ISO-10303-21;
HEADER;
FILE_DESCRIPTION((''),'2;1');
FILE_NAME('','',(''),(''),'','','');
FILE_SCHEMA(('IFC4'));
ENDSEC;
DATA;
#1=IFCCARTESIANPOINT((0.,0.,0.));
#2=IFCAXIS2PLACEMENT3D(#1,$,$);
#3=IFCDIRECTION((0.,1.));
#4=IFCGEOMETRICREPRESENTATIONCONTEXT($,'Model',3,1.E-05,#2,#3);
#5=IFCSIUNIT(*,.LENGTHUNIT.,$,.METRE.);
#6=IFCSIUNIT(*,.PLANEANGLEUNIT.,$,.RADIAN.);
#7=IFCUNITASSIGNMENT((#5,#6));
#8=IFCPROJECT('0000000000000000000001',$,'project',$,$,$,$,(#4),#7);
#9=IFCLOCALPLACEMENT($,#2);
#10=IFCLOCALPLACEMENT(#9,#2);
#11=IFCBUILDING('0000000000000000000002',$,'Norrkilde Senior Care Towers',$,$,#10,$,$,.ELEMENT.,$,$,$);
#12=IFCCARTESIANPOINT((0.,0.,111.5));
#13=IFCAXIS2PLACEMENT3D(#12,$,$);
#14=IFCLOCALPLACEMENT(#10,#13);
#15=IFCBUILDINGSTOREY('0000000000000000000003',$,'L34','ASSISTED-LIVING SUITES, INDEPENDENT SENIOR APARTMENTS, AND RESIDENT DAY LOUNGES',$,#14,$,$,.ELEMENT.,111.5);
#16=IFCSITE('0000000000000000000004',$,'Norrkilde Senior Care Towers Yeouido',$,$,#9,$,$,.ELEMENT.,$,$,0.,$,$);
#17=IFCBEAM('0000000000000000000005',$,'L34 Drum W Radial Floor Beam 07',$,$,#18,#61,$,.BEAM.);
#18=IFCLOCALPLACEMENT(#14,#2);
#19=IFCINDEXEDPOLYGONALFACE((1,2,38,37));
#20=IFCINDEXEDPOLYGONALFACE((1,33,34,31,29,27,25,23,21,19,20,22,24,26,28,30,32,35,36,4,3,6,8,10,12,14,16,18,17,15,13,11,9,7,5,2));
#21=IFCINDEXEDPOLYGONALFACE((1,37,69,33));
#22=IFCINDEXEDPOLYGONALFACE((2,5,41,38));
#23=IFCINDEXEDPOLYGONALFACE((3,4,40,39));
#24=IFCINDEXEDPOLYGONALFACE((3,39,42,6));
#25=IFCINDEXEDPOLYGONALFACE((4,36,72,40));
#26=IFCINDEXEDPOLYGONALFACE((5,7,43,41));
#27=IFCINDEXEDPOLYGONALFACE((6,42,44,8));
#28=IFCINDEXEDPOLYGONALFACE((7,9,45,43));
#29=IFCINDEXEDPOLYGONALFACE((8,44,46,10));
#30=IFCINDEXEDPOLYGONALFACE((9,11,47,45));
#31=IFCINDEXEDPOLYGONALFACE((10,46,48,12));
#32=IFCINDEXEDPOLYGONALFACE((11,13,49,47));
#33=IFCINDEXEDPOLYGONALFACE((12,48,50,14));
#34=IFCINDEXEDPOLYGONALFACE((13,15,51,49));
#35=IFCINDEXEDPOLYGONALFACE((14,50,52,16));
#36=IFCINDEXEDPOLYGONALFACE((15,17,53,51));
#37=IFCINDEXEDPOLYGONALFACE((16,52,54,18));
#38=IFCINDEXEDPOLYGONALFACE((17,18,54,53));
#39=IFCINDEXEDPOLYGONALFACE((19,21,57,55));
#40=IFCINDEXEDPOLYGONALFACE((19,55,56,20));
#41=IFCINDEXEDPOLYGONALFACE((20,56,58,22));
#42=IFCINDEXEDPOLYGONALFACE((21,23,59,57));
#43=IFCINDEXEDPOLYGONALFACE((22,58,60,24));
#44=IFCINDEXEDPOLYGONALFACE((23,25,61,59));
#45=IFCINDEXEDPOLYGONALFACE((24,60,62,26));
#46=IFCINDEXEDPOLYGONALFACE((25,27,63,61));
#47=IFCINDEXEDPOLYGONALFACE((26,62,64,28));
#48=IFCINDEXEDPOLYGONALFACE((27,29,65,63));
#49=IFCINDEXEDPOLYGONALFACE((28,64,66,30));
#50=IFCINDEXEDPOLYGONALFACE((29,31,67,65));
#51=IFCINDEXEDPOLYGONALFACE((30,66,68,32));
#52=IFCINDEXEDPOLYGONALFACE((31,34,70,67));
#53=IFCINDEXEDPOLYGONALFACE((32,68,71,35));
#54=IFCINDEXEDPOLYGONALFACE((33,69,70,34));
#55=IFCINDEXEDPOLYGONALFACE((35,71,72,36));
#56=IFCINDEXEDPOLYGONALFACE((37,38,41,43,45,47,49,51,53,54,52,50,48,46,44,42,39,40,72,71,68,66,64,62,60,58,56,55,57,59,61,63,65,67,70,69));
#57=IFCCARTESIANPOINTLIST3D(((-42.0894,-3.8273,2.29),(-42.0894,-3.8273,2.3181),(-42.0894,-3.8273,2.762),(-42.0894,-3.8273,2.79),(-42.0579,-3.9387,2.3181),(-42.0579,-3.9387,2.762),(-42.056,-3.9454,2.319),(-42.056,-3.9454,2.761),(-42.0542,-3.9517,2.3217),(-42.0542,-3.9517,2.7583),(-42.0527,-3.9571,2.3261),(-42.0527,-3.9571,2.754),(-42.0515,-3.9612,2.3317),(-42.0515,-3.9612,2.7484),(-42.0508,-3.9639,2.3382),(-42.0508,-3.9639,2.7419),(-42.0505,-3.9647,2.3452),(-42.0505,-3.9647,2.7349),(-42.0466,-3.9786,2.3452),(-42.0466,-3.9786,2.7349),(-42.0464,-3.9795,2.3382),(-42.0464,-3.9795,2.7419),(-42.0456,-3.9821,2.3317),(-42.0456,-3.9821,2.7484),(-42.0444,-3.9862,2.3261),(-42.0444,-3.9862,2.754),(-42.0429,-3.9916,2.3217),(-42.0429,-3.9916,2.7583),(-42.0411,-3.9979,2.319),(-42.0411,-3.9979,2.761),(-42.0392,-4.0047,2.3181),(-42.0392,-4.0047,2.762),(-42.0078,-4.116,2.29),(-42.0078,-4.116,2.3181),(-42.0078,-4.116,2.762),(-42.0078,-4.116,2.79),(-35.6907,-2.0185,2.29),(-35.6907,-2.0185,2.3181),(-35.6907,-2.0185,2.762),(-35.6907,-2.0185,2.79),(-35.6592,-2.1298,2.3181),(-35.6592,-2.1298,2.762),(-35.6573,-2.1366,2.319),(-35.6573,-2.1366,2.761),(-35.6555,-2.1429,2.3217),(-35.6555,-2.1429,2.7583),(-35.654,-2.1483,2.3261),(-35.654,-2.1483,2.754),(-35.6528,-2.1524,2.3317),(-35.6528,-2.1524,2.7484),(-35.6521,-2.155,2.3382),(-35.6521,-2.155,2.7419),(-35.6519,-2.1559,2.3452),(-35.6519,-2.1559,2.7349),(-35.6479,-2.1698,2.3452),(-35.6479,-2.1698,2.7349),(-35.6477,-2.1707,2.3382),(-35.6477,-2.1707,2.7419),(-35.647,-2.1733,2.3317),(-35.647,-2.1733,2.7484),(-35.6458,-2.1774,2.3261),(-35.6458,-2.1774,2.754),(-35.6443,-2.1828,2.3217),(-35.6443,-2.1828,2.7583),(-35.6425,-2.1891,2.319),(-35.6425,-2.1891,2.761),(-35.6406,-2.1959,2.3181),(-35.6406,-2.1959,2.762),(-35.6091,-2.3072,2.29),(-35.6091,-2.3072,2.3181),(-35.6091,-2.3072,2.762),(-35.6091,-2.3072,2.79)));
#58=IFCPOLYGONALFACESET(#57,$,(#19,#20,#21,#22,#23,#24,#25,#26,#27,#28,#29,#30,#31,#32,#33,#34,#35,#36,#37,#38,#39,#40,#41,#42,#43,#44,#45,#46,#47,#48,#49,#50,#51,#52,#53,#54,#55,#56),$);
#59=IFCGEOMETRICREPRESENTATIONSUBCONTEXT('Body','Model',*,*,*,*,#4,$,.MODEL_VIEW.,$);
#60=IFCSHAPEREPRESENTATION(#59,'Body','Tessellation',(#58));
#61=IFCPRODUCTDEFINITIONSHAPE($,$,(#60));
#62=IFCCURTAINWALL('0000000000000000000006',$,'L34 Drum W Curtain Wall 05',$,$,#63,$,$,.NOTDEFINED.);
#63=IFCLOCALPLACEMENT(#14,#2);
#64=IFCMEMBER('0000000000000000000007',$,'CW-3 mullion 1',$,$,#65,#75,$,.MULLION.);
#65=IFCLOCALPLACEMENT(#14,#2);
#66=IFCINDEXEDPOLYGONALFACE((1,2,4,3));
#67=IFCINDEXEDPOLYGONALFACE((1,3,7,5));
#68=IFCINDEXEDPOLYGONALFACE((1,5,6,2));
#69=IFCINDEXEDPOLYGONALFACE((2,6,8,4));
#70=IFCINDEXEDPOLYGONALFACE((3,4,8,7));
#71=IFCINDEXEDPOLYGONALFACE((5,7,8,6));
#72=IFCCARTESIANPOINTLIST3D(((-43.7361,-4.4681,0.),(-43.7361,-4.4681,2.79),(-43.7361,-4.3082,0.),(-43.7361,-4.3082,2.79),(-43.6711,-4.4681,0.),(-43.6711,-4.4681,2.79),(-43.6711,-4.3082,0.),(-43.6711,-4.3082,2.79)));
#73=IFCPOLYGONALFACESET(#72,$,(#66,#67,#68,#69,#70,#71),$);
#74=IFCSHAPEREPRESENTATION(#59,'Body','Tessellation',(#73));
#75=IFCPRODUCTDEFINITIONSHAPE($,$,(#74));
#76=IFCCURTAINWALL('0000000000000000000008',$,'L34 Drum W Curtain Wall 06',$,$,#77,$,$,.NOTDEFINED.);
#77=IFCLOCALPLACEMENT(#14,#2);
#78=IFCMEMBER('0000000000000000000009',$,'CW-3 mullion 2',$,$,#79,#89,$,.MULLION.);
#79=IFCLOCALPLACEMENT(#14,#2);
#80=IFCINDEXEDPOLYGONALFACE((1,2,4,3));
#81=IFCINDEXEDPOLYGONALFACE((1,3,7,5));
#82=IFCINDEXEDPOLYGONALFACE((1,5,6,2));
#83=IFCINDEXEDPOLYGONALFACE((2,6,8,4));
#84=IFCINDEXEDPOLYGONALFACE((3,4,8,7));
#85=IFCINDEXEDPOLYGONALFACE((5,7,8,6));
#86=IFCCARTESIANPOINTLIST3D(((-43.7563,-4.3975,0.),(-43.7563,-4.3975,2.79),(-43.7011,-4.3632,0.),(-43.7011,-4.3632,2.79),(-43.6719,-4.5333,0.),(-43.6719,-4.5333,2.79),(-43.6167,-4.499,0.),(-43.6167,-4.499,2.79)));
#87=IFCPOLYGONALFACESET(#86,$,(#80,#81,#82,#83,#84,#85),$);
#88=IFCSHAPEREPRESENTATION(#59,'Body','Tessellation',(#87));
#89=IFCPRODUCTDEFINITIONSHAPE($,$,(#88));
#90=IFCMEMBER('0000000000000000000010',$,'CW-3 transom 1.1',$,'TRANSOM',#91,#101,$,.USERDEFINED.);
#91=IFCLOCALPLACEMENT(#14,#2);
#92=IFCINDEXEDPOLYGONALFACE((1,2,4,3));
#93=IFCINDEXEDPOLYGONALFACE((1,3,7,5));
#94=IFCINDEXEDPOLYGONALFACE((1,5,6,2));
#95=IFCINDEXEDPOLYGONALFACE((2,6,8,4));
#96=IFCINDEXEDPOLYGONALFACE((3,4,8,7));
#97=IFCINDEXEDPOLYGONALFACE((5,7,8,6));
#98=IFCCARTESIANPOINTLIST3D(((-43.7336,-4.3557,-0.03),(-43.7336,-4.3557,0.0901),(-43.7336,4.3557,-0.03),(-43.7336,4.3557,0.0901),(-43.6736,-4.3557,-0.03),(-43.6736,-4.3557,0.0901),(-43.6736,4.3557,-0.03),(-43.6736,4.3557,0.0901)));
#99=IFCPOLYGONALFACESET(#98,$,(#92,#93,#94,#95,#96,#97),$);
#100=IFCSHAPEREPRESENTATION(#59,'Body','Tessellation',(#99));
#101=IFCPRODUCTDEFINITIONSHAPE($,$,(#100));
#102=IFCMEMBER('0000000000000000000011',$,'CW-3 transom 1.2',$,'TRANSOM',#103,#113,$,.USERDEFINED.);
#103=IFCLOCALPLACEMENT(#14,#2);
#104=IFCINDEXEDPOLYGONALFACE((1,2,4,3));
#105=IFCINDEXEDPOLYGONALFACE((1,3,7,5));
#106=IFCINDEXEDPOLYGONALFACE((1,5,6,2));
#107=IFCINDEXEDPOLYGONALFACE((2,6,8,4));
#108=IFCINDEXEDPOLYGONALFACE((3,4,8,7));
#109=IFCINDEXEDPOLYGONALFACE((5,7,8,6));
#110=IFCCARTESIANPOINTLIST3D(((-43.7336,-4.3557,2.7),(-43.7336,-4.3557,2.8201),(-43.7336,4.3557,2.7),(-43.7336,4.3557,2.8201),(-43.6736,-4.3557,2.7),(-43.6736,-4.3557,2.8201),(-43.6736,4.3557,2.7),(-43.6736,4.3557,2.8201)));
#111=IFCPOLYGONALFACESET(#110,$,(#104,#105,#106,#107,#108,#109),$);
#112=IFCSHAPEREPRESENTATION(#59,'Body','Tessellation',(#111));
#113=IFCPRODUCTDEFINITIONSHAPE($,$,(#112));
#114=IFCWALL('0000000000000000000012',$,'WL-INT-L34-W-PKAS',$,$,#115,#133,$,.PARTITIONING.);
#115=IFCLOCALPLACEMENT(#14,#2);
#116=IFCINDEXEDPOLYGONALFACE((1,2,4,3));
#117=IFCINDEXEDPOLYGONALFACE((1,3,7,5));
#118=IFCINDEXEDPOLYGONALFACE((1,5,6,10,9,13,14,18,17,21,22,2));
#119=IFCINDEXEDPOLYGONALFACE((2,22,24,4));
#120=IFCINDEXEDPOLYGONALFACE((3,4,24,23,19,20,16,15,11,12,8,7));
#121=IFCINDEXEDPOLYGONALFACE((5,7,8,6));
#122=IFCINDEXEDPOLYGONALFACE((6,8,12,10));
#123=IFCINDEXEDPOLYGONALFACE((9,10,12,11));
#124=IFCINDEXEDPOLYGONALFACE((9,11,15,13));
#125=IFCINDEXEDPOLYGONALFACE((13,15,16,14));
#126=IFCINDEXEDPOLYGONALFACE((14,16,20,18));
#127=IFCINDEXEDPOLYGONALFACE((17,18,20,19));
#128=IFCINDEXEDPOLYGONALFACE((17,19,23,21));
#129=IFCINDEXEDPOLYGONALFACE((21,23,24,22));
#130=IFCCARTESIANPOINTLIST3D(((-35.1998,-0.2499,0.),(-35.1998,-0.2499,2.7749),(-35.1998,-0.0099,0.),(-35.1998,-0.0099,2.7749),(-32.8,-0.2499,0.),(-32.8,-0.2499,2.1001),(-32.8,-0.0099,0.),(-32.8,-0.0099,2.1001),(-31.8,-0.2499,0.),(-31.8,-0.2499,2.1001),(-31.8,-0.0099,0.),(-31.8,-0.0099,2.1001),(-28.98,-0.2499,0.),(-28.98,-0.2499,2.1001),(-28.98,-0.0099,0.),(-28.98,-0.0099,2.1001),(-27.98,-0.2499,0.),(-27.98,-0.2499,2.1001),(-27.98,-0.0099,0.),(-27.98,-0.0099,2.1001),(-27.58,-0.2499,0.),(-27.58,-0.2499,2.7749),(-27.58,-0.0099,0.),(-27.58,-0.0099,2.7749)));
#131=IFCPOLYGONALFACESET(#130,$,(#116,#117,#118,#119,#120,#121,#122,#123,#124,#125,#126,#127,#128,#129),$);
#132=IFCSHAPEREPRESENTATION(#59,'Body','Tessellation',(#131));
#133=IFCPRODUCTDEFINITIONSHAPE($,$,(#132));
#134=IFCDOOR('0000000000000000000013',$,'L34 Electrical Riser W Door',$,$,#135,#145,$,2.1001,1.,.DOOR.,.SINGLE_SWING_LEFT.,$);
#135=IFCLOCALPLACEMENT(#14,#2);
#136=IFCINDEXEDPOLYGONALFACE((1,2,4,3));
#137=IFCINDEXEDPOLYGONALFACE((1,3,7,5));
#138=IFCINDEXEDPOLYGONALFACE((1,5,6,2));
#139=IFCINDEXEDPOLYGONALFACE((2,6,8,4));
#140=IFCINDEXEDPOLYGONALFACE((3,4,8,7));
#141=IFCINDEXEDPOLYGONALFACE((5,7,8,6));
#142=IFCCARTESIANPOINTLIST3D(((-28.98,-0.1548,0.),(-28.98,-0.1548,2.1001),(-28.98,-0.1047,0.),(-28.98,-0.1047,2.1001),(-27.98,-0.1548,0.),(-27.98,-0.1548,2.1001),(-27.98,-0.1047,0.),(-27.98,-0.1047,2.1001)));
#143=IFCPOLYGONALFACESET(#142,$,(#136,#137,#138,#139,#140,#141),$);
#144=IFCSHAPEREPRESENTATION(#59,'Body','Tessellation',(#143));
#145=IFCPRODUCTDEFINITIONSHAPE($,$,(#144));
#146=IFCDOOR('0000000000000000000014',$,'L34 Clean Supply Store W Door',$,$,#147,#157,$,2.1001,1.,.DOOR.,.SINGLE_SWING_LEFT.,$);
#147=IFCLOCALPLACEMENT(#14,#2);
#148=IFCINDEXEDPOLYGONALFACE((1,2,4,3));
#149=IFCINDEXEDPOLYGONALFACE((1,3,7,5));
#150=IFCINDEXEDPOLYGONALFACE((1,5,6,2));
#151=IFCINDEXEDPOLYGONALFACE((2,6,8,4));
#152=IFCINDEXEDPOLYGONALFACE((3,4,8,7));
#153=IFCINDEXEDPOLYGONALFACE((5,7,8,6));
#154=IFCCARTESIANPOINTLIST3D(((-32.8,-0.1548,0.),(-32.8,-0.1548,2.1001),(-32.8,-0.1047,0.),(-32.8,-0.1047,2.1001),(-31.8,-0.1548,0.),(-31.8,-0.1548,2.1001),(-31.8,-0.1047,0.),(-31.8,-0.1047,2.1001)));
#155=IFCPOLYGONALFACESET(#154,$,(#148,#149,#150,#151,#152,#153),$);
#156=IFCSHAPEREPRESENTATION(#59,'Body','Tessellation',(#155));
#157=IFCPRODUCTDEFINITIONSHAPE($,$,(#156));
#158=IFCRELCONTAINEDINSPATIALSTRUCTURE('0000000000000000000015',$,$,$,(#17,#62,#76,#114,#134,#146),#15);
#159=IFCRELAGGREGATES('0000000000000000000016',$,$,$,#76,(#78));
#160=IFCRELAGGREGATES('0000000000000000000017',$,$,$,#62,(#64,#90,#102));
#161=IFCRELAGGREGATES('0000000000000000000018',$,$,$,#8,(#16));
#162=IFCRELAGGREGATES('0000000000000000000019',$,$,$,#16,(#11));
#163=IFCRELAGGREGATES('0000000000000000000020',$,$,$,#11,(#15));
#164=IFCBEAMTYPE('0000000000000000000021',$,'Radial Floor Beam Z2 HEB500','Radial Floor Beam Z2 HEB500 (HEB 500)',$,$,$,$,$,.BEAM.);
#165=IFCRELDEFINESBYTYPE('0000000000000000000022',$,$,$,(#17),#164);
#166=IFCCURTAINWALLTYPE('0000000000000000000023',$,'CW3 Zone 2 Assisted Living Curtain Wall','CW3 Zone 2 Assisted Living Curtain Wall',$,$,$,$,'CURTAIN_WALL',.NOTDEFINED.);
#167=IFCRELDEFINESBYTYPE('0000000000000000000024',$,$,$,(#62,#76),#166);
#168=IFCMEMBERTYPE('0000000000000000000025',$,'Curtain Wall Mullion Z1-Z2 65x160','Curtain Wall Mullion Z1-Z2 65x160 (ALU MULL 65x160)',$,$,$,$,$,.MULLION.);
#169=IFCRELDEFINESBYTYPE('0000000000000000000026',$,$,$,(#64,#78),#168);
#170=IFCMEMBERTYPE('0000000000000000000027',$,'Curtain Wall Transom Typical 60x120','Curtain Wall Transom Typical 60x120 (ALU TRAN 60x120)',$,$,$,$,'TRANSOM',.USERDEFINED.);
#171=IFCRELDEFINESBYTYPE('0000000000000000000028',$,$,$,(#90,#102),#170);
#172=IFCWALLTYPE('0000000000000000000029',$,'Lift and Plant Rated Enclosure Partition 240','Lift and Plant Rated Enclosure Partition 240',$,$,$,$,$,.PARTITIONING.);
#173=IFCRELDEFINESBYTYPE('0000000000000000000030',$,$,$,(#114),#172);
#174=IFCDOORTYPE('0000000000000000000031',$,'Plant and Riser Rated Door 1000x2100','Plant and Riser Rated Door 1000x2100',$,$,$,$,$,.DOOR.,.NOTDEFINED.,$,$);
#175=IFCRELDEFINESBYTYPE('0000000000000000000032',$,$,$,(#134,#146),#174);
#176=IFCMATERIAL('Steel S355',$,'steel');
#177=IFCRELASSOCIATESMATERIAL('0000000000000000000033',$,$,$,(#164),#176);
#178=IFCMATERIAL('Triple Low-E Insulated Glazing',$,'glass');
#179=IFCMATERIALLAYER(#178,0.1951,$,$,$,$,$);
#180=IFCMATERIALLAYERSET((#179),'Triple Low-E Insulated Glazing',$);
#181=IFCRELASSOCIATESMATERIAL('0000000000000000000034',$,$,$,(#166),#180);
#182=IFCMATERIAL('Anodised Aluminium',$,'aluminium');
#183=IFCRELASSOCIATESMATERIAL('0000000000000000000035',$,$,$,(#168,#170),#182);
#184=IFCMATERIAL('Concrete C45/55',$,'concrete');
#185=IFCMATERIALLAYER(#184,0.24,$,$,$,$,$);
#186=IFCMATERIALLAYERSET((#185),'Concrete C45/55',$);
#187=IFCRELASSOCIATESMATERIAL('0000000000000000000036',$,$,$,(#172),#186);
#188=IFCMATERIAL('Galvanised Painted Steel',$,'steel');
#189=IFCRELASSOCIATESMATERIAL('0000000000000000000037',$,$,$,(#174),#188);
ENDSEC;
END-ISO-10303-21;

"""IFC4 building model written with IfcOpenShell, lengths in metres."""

from ifc_helpers import new_model, si_unit, direction, frame, frame_2d, origin, origin_2d, place, context, subcontext, project, spatial, rectangle, i_section, extrude, source, transform, mapped, material, layer, layer_set, material_profile, profile_set, type_object, type_shapes, element, fill, aggregate, save


model = new_model("IFC4")

# Units and contexts
model_context = context("Model", 3, precision=1e-05, world=origin(), true_north=direction((0.0, 1.0)))
body_context = subcontext(model_context, "Body", "Model", "MODEL_VIEW")
ifc_project = project(units=[si_unit("LENGTHUNIT", "METRE"), si_unit("PLANEANGLEUNIT", "RADIAN")], contexts=[model_context])

# Site, building, storey
site_placement = place(None, origin())
site = spatial("IfcSite", under=ifc_project, at=site_placement, Name="Norrkilde Senior Care Towers Yeouido", CompositionType="ELEMENT", RefElevation=0.0)
building_placement = place(site_placement, origin())
building = spatial("IfcBuilding", under=site, at=building_placement, Name="Norrkilde Senior Care Towers", CompositionType="ELEMENT")
storey_placement = place(building_placement, frame((0.0, 0.0, 111.5)))
storey = spatial("IfcBuildingStorey", under=building, at=storey_placement, Name="L34", Description="ASSISTED-LIVING SUITES, INDEPENDENT SENIOR APARTMENTS, AND RESIDENT DAY LOUNGES", CompositionType="ELEMENT", Elevation=111.5)

# Beam
ifc_material_1 = material(Name="Steel S355", Category="steel")
ifc_material_profile_1 = material_profile(ifc_material_1, i_section(OverallWidth=0.3, OverallDepth=0.5, WebThickness=0.0144, FlangeThickness=0.0281, FilletRadius=0.0271, at=origin_2d()), Name="HEB 500")
ifc_profile_set_1 = profile_set([ifc_material_profile_1], Name="Steel S355")
beam_type_1 = type_object("IfcBeamType", Name="Radial Floor Beam Z2 HEB500", Description="Radial Floor Beam Z2 HEB500 (HEB 500)", PredefinedType="BEAM", material=ifc_profile_set_1)
shared_shape_1 = source(origin(), body_context, "Body", "SweptSolid", [
    extrude(i_section(OverallWidth=0.3, OverallDepth=0.5, WebThickness=0.0144, FlangeThickness=0.0281, FilletRadius=0.0271, at=origin_2d()), origin(), (0.0, 0.0, 1.0), 6.6494),
])
beam_1_placement = place(storey_placement, frame((-35.6499, -2.1628, 2.54), z_axis=(-0.962289, -0.272029, 0.0), x_axis=(0.272029, -0.962289, 0.0)))
element("IfcBeam", 1, at=beam_1_placement, inside=storey, type_object=beam_type_1, Name="L34 Drum W Radial Floor Beam 07", PredefinedType="BEAM", context=body_context, shape_type="MappedRepresentation", body=[
    mapped(shared_shape_1, transform((0.0, 0.0, 0.0), x_axis=(1.0, 0.0, 0.0), y_axis=(0.0, 1.0, 0.0), z_axis=(0.0, 0.0, 1.0), scale=1.0)),
])

# Curtain walls, members
ifc_material_2 = material(Name="Triple Low-E Insulated Glazing", Category="glass")
ifc_layer_1 = layer(ifc_material_2, 0.1951)
ifc_layer_set_1 = layer_set([ifc_layer_1], Name="Triple Low-E Insulated Glazing")
curtain_wall_type = type_object("IfcCurtainWallType", Name="CW3 Zone 2 Assisted Living Curtain Wall", Description="CW3 Zone 2 Assisted Living Curtain Wall", ElementType="CURTAIN_WALL", PredefinedType="NOTDEFINED", material=ifc_layer_set_1)
curtain_wall_1_placement = place(storey_placement, origin())
curtain_wall_1 = element("IfcCurtainWall", 2, at=curtain_wall_1_placement, inside=storey, type_object=curtain_wall_type, Name="L34 Drum W Curtain Wall 05", PredefinedType="NOTDEFINED")
ifc_material_3 = material(Name="Anodised Aluminium", Category="aluminium")
ifc_material_profile_2 = material_profile(ifc_material_3, rectangle(XDim=0.0649, YDim=0.1599, at=origin_2d()), Name="ALU MULL 65x160")
ifc_profile_set_2 = profile_set([ifc_material_profile_2], Name="Anodised Aluminium")
member_type_1 = type_object("IfcMemberType", Name="Curtain Wall Mullion Z1-Z2 65x160", Description="Curtain Wall Mullion Z1-Z2 65x160 (ALU MULL 65x160)", PredefinedType="MULLION", material=ifc_profile_set_2)
shared_shape_2 = source(origin(), body_context, "Body", "SweptSolid", [
    extrude(rectangle(XDim=0.0649, YDim=0.1599, at=origin_2d()), origin(), (0.0, 0.0, 1.0), 2.79),
])
type_shapes(member_type_1, [shared_shape_2])
member_1_placement = place(storey_placement, frame((-43.7036, -4.3882, 0.0), z_axis=(0.0, 0.0, 1.0), x_axis=(-1.0, 0.0, 0.0)))
member_1 = element("IfcMember", 3, at=member_1_placement, type_object=member_type_1, Name="CW-3 mullion 1", PredefinedType="MULLION", context=body_context, shape_type="MappedRepresentation", body=[
    mapped(shared_shape_2, transform((0.0, 0.0, 0.0), x_axis=(1.0, 0.0, 0.0), y_axis=(0.0, 1.0, 0.0), z_axis=(0.0, 0.0, 1.0), scale=1.0)),
])
curtain_wall_2_placement = place(storey_placement, origin())
curtain_wall_2 = element("IfcCurtainWall", 4, at=curtain_wall_2_placement, inside=storey, type_object=curtain_wall_type, Name="L34 Drum W Curtain Wall 06", PredefinedType="NOTDEFINED")
member_2_placement = place(storey_placement, frame((-43.6865, -4.4482, 0.0), z_axis=(0.0, 0.0, 1.0), x_axis=(-0.84941, -0.527733, 0.0)))
member_2 = element("IfcMember", 5, at=member_2_placement, type_object=member_type_1, Name="CW-3 mullion 2", PredefinedType="MULLION", context=body_context, shape_type="MappedRepresentation", body=[
    mapped(shared_shape_2, transform((0.0, 0.0, 0.0), x_axis=(1.0, 0.0, 0.0), y_axis=(0.0, 1.0, 0.0), z_axis=(0.0, 0.0, 1.0), scale=1.0)),
])
aggregate(curtain_wall_2, [member_2])

# Members
ifc_material_profile_3 = material_profile(ifc_material_3, rectangle(XDim=0.0601, YDim=0.1201, at=origin_2d()), Name="ALU TRAN 60x120")
ifc_profile_set_3 = profile_set([ifc_material_profile_3], Name="Anodised Aluminium")
member_type_2 = type_object("IfcMemberType", Name="Curtain Wall Transom Typical 60x120", Description="Curtain Wall Transom Typical 60x120 (ALU TRAN 60x120)", ElementType="TRANSOM", PredefinedType="USERDEFINED", material=ifc_profile_set_3)
shared_shape_3 = source(origin(), body_context, "Body", "SweptSolid", [
    extrude(rectangle(XDim=0.0601, YDim=0.1201, at=origin_2d()), origin(), (0.0, 0.0, 1.0), 8.7114),
])
type_shapes(member_type_2, [shared_shape_3])
member_3_placement = place(storey_placement, frame((-43.7036, -4.3557, 0.03), z_axis=(0.0, 1.0, 0.0), x_axis=(-1.0, 0.0, 0.0)))
member_3 = element("IfcMember", 6, at=member_3_placement, type_object=member_type_2, Name="CW-3 transom 1.1", ObjectType="TRANSOM", PredefinedType="USERDEFINED", context=body_context, shape_type="MappedRepresentation", body=[
    mapped(shared_shape_3, transform((0.0, 0.0, 0.0), x_axis=(1.0, 0.0, 0.0), y_axis=(0.0, 1.0, 0.0), z_axis=(0.0, 0.0, 1.0), scale=1.0)),
])
member_4_placement = place(storey_placement, frame((-43.7036, -4.3557, 2.76), z_axis=(0.0, 1.0, 0.0), x_axis=(-1.0, 0.0, 0.0)))
member_4 = element("IfcMember", 7, at=member_4_placement, type_object=member_type_2, Name="CW-3 transom 1.2", ObjectType="TRANSOM", PredefinedType="USERDEFINED", context=body_context, shape_type="MappedRepresentation", body=[
    mapped(shared_shape_3, transform((0.0, 0.0, 0.0), x_axis=(1.0, 0.0, 0.0), y_axis=(0.0, 1.0, 0.0), z_axis=(0.0, 0.0, 1.0), scale=1.0)),
])
aggregate(curtain_wall_1, [member_1, member_3, member_4])

# Shared definitions
ifc_material_4 = material(Name="Galvanised Painted Steel", Category="steel")

# Wall, openings, doors
ifc_material_5 = material(Name="Concrete C45/55", Category="concrete")
ifc_layer_2 = layer(ifc_material_5, 0.24)
ifc_layer_set_2 = layer_set([ifc_layer_2], Name="Concrete C45/55")
wall_type_1 = type_object("IfcWallType", Name="Lift and Plant Rated Enclosure Partition 240", Description="Lift and Plant Rated Enclosure Partition 240", PredefinedType="PARTITIONING", material=ifc_layer_set_2)
shared_shape_4 = source(origin(), body_context, "Body", "SweptSolid", [
    extrude(rectangle(XDim=7.6199, YDim=0.24, at=frame_2d((3.8101, 0.0))), origin(), (0.0, 0.0, 1.0), 2.7749),
])
type_shapes(wall_type_1, [shared_shape_4])
wall_1_placement = place(storey_placement, frame((-35.2, -0.1299, 0.0), z_axis=(0.0, 0.0, 1.0), x_axis=(1.0, 0.0, 0.0)))
wall_1 = element("IfcWall", 8, at=wall_1_placement, inside=storey, type_object=wall_type_1, Name="WL-INT-L34-W-PKAS", PredefinedType="PARTITIONING", context=body_context, shape_type="MappedRepresentation", body=[
    mapped(shared_shape_4, transform((0.0, 0.0, 0.0), x_axis=(1.0, 0.0, 0.0), y_axis=(0.0, 1.0, 0.0), z_axis=(0.0, 0.0, 1.0), scale=1.0)),
])
opening_1_placement = place(wall_1_placement, frame((6.22, 0.0, 0.0)))
opening_1 = element("IfcOpeningElement", 9, at=opening_1_placement, cuts=wall_1, PredefinedType="OPENING", context=body_context, shape_type="SweptSolid", body=[
    extrude(rectangle(XDim=1.0, YDim=2.1001, at=frame_2d((0.5, 1.05))), frame((0.0, 0.1299, 0.0), z_axis=(0.0, -1.0, 0.0), x_axis=(1.0, 0.0, 0.0)), (0.0, 0.0, 1.0), 0.26),
])
opening_2_placement = place(wall_1_placement, frame((2.3999, 0.0, 0.0)))
opening_2 = element("IfcOpeningElement", 10, at=opening_2_placement, cuts=wall_1, PredefinedType="OPENING", context=body_context, shape_type="SweptSolid", body=[
    extrude(rectangle(XDim=1.0, YDim=2.1001, at=frame_2d((0.5, 1.05))), frame((0.0, 0.1299, 0.0), z_axis=(0.0, -1.0, 0.0), x_axis=(1.0, 0.0, 0.0)), (0.0, 0.0, 1.0), 0.26),
])
door_type_1 = type_object("IfcDoorType", Name="Plant and Riser Rated Door 1000x2100", Description="Plant and Riser Rated Door 1000x2100", OperationType="NOTDEFINED", PredefinedType="DOOR", material=ifc_material_4)
shared_shape_5 = source(origin(), body_context, "Body", "SweptSolid", [
    extrude(rectangle(XDim=1.0, YDim=2.1001, at=frame_2d((0.5, 1.05))), frame((0.0, 0.0249, 0.0), z_axis=(0.0, -1.0, 0.0), x_axis=(1.0, 0.0, 0.0)), (0.0, 0.0, 1.0), 0.05),
])
type_shapes(door_type_1, [shared_shape_5])
door_1_placement = place(opening_1_placement, frame((1.0, 0.0, 0.0), z_axis=(0.0, 0.0, 1.0), x_axis=(-1.0, 0.0, 0.0)))
door_1 = element("IfcDoor", 11, at=door_1_placement, inside=storey, type_object=door_type_1, Name="L34 Electrical Riser W Door", OperationType="SINGLE_SWING_LEFT", OverallHeight=2.1001, OverallWidth=1.0, PredefinedType="DOOR", context=body_context, shape_type="MappedRepresentation", body=[
    mapped(shared_shape_5, transform((0.0, 0.0, 0.0), x_axis=(1.0, 0.0, 0.0), y_axis=(0.0, 1.0, 0.0), z_axis=(0.0, 0.0, 1.0), scale=1.0)),
])
fill(opening_1, door_1)
door_2_placement = place(opening_2_placement, frame((1.0, 0.0, 0.0), z_axis=(0.0, 0.0, 1.0), x_axis=(-1.0, 0.0, 0.0)))
door_2 = element("IfcDoor", 12, at=door_2_placement, inside=storey, type_object=door_type_1, Name="L34 Clean Supply Store W Door", OperationType="SINGLE_SWING_LEFT", OverallHeight=2.1001, OverallWidth=1.0, PredefinedType="DOOR", context=body_context, shape_type="MappedRepresentation", body=[
    mapped(shared_shape_5, transform((0.0, 0.0, 0.0), x_axis=(1.0, 0.0, 0.0), y_axis=(0.0, 1.0, 0.0), z_axis=(0.0, 0.0, 1.0), scale=1.0)),
])
fill(opening_2, door_2)

save(model, "model.ifc")
